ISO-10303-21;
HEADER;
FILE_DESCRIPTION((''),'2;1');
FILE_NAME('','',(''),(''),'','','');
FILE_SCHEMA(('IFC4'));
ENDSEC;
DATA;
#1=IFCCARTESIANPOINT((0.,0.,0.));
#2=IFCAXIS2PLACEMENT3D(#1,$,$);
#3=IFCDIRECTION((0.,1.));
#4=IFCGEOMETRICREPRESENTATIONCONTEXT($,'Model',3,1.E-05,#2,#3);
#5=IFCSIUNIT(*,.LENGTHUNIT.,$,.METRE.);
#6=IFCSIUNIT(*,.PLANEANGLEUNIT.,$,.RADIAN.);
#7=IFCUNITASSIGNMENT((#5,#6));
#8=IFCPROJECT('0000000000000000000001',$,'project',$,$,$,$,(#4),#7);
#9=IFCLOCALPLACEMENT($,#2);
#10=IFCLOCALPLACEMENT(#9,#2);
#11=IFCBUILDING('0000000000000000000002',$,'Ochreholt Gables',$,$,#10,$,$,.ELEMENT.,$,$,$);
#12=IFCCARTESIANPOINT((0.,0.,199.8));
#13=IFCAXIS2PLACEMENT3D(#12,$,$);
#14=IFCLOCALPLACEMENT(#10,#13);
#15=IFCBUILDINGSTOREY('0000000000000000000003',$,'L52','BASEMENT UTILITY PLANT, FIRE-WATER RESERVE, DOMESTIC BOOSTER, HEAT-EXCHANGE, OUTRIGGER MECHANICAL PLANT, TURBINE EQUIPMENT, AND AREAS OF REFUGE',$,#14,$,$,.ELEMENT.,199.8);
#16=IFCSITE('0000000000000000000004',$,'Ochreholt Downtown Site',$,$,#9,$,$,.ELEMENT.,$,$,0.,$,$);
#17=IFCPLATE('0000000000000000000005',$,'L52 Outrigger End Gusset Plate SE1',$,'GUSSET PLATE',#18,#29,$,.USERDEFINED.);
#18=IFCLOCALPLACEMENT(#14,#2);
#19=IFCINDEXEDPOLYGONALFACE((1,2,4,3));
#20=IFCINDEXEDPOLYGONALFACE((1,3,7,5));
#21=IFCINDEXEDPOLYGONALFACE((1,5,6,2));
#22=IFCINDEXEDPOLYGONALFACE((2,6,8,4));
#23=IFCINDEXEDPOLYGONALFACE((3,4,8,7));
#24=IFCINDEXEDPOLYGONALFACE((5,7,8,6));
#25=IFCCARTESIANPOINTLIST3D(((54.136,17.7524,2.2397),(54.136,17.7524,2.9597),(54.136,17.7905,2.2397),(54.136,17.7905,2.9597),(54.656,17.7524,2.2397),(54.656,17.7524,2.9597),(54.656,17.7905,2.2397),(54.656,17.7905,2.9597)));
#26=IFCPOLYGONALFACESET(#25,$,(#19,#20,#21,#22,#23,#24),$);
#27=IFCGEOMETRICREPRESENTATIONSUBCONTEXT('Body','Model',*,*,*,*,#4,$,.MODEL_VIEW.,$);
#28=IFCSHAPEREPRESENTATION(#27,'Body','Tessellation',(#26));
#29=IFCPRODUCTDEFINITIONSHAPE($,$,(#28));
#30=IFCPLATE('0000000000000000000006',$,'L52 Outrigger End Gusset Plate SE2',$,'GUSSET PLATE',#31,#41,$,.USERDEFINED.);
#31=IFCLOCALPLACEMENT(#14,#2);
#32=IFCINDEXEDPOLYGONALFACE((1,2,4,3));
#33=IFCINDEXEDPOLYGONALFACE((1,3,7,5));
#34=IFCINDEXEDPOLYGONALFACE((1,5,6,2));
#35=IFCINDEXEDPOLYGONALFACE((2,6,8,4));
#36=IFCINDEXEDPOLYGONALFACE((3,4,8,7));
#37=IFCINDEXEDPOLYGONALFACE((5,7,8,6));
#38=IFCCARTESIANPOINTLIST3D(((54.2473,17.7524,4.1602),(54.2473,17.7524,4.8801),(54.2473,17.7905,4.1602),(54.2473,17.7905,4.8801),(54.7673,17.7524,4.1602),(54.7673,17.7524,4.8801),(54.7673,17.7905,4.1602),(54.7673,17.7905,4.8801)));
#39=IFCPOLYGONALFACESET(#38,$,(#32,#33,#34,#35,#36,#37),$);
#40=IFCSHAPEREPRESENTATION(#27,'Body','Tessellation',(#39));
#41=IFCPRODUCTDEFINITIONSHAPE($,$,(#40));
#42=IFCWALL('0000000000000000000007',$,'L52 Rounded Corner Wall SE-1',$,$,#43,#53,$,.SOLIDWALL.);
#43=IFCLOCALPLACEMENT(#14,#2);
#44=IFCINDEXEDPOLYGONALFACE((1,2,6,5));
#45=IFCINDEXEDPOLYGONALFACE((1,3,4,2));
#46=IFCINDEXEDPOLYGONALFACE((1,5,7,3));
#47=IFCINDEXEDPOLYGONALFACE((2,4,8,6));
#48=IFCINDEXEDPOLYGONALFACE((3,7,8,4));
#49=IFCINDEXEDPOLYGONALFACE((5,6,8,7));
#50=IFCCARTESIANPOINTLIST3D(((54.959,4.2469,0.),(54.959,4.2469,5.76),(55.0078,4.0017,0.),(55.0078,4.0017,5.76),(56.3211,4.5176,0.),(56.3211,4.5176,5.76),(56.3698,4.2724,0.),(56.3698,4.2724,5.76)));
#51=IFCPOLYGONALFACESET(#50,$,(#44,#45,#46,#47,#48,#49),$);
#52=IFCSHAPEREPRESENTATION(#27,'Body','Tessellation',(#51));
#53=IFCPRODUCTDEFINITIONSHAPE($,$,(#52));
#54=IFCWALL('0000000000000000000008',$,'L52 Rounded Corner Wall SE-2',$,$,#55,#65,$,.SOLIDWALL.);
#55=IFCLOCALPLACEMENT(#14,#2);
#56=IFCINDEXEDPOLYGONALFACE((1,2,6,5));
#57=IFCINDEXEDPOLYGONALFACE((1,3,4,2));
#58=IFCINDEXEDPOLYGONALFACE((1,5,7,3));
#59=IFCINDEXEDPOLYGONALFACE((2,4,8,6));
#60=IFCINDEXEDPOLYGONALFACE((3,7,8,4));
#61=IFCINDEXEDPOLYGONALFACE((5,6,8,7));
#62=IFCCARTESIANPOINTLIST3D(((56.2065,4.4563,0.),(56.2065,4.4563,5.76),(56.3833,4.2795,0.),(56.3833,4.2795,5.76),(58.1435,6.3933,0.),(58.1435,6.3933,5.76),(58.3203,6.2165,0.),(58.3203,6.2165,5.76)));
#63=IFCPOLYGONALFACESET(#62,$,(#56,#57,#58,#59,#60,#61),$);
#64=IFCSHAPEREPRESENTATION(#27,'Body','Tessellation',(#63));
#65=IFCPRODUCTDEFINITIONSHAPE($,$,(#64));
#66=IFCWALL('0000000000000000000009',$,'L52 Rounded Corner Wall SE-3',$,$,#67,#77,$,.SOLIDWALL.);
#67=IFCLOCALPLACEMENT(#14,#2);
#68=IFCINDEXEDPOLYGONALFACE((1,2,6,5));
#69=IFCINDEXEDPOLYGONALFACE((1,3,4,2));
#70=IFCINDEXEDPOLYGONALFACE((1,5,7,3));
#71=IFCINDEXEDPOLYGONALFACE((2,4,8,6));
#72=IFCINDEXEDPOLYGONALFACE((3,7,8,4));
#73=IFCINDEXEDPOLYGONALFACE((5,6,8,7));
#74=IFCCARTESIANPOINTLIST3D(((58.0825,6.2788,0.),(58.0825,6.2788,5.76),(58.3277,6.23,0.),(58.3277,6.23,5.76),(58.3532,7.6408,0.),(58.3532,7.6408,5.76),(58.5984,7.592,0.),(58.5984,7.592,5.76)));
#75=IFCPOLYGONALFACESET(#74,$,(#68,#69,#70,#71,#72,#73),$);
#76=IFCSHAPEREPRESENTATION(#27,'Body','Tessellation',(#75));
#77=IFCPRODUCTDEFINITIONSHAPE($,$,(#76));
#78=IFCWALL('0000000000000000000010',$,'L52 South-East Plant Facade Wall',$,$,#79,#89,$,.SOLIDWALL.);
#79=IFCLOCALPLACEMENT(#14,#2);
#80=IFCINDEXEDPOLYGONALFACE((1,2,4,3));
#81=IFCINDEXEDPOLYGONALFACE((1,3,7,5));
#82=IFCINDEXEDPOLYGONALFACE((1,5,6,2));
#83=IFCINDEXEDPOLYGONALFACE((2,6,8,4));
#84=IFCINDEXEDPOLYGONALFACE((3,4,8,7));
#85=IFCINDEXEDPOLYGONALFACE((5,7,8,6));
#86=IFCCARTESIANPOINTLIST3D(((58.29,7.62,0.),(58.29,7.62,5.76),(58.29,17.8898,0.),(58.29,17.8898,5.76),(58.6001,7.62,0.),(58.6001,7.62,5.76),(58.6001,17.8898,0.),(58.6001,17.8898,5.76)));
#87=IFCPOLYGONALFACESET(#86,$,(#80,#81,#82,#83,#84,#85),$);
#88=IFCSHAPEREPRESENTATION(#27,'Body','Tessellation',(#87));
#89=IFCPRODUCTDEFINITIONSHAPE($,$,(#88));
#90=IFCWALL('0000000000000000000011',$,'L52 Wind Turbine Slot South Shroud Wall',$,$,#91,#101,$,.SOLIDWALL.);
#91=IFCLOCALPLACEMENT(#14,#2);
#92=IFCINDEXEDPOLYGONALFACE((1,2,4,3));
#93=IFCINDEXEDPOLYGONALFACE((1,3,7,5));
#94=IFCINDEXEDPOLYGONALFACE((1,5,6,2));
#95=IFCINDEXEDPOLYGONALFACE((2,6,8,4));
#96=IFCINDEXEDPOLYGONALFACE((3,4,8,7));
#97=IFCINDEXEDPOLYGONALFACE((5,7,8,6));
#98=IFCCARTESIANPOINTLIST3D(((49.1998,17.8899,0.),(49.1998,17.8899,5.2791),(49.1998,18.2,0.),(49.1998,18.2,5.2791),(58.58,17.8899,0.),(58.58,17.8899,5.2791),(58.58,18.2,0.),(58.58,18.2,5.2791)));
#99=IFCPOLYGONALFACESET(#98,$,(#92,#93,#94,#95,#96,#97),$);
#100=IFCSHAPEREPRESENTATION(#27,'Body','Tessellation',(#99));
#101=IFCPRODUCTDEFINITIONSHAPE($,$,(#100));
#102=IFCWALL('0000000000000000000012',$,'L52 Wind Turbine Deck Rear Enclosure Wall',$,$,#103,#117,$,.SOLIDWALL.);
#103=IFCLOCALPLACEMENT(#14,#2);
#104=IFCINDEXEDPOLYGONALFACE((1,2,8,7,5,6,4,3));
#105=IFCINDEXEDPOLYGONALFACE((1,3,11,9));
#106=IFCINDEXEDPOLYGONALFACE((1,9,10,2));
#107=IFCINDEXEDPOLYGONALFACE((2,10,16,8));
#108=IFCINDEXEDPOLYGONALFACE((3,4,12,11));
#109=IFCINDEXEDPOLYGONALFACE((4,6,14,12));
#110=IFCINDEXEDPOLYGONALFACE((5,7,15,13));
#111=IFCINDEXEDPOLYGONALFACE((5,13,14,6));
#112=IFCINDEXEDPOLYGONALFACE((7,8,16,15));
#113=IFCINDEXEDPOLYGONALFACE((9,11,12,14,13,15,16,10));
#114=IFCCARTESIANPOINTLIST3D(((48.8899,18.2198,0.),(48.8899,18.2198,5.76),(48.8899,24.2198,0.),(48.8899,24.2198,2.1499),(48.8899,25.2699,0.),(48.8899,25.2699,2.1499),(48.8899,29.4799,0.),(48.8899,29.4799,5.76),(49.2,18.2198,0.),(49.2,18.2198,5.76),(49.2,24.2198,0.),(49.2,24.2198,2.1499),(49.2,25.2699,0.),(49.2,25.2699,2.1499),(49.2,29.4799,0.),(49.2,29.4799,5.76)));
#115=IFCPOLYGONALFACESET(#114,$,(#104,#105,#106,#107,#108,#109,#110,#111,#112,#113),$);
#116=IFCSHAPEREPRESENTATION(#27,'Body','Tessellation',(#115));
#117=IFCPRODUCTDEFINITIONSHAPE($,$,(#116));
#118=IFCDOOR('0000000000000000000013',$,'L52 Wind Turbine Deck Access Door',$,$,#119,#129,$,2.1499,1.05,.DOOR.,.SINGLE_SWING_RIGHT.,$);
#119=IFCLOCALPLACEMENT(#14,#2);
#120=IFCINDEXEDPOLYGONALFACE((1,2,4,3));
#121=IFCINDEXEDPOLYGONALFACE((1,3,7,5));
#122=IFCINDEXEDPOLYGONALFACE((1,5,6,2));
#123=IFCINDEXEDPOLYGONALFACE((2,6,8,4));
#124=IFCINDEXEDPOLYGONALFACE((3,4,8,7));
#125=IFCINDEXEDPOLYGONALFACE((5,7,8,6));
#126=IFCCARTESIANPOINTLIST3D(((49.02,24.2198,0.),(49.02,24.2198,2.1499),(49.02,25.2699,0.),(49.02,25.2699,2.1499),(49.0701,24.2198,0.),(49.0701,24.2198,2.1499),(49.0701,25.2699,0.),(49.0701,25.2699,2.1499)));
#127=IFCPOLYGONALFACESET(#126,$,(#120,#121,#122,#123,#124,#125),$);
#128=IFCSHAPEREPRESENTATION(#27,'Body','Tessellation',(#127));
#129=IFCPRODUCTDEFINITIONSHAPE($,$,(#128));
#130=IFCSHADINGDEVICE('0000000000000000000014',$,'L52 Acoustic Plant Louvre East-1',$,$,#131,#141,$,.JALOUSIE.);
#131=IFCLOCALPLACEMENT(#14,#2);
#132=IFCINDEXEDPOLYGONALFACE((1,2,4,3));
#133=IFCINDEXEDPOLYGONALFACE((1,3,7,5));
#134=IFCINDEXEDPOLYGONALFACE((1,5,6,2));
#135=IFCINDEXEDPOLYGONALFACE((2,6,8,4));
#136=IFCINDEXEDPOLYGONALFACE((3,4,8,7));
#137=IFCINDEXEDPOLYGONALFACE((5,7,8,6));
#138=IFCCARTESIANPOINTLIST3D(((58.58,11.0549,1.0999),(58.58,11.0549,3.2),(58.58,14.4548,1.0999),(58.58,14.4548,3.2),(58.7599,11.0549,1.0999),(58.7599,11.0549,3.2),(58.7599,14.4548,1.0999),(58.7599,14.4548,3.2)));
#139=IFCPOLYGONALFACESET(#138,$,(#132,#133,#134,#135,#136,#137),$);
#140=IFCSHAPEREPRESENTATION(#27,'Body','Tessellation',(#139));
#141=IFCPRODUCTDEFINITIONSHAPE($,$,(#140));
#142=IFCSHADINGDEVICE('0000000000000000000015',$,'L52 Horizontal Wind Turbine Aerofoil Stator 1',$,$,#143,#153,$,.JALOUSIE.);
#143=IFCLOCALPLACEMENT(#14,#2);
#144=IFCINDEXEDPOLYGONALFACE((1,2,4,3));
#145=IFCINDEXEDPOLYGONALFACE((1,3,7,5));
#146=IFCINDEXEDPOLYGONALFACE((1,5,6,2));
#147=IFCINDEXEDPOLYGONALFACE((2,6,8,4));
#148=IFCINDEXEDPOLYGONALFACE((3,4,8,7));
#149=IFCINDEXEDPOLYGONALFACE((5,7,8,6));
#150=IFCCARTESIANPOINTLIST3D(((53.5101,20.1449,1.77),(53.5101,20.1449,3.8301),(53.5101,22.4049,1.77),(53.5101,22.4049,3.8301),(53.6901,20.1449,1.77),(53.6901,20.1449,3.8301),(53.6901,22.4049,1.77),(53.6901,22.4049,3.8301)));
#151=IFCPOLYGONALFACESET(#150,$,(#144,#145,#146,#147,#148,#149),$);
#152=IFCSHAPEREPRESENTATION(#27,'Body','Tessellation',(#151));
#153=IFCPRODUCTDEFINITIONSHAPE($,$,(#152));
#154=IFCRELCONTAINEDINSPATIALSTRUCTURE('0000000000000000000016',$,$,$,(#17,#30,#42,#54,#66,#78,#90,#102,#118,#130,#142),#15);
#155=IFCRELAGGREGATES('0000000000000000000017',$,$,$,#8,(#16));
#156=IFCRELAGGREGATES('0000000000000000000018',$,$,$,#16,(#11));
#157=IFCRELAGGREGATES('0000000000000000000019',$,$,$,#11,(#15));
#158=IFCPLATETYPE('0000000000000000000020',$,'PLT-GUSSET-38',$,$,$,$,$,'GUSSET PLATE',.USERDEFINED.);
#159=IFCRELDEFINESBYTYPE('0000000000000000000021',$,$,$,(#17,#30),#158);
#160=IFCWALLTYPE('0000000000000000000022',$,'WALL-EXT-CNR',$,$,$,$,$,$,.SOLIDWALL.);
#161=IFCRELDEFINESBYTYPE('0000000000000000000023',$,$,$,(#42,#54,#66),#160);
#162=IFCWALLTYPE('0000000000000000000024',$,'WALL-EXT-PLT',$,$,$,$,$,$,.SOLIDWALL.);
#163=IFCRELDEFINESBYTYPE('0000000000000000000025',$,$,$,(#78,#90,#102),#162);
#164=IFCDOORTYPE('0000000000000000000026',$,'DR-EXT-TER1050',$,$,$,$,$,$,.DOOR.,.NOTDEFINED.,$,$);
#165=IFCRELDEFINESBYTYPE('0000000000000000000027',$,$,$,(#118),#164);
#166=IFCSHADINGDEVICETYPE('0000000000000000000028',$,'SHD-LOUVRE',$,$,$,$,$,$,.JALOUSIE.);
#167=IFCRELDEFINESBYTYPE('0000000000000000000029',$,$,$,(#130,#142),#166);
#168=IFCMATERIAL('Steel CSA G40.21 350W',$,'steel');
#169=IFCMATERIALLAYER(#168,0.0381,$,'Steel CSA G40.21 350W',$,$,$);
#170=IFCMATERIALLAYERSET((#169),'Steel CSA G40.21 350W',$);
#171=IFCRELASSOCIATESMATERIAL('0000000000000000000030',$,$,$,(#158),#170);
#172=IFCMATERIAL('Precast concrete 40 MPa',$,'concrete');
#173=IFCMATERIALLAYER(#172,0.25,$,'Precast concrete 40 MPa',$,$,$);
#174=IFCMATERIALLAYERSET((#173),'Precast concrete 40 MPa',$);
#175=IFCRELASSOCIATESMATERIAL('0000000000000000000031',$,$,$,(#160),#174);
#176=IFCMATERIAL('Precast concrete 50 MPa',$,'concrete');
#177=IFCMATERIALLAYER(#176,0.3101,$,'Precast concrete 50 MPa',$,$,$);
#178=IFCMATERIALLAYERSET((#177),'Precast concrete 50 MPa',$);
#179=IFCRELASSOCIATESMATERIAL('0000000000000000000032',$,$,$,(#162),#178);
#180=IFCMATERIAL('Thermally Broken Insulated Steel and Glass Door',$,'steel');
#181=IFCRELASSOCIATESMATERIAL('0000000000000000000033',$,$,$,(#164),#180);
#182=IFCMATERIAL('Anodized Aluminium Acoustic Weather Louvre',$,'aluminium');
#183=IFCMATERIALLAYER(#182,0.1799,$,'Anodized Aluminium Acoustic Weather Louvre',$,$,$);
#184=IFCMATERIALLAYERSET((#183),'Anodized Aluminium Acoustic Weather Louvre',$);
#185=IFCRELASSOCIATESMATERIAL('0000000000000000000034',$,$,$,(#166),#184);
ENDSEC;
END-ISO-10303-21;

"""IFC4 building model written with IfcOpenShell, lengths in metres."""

from ifc_helpers import new_model, si_unit, direction, frame, frame_2d, origin, origin_2d, place, context, subcontext, project, spatial, rectangle, extrude, material, layer, layer_set, type_object, element, fill, save


model = new_model("IFC4")

# Units and contexts
model_context = context("Model", 3, precision=1e-05, world=origin(), true_north=direction((0.0, 1.0)))
body_context = subcontext(model_context, "Body", "Model", "MODEL_VIEW")
ifc_project = project(units=[si_unit("LENGTHUNIT", "METRE"), si_unit("PLANEANGLEUNIT", "RADIAN")], contexts=[model_context])

# Site, building, storey
site_placement = place(None, origin())
site = spatial("IfcSite", under=ifc_project, at=site_placement, Name="Ochreholt Downtown Site", CompositionType="ELEMENT", RefElevation=0.0)
building_placement = place(site_placement, origin())
building = spatial("IfcBuilding", under=site, at=building_placement, Name="Ochreholt Gables", CompositionType="ELEMENT")
storey_placement = place(building_placement, frame((0.0, 0.0, 199.8)))
storey = spatial("IfcBuildingStorey", under=building, at=storey_placement, Name="L52", Description="BASEMENT UTILITY PLANT, FIRE-WATER RESERVE, DOMESTIC BOOSTER, HEAT-EXCHANGE, OUTRIGGER MECHANICAL PLANT, TURBINE EQUIPMENT, AND AREAS OF REFUGE", CompositionType="ELEMENT", Elevation=199.8)

# Shared definitions
ifc_material_1 = material(Name="Steel CSA G40.21 350W", Category="steel")

# Plates
ifc_layer_1 = layer(ifc_material_1, 0.0381, Name="Steel CSA G40.21 350W")
ifc_layer_set_1 = layer_set([ifc_layer_1], Name="Steel CSA G40.21 350W")
plate_type_1 = type_object("IfcPlateType", Name="PLT-GUSSET-38", ElementType="GUSSET PLATE", PredefinedType="USERDEFINED", material=ifc_layer_set_1)
for number, where, z_axis, x_axis, name in (
    (1, (54.396, 17.7715, 2.2397), (0.0, 0.0, 1.0), (1.0, 0.0, 0.0), "L52 Outrigger End Gusset Plate SE1"),
    (2, (54.5073, 17.7715, 4.1602), (0.0, 0.0, 1.0), (1.0, 0.0, 0.0), "L52 Outrigger End Gusset Plate SE2"),
):
    element("IfcPlate", number, at=place(storey_placement, frame(where, z_axis=z_axis, x_axis=x_axis)), inside=storey, type_object=plate_type_1, Name=name, ObjectType="GUSSET PLATE", PredefinedType="USERDEFINED", context=body_context, shape_type="SweptSolid", body=[
        extrude(rectangle(XDim=0.52, YDim=0.0381, at=origin_2d()), origin(), (0.0, 0.0, 1.0), 0.72),
    ])

# Walls
ifc_material_2 = material(Name="Precast concrete 40 MPa", Category="concrete")
ifc_layer_2 = layer(ifc_material_2, 0.25, Name="Precast concrete 40 MPa")
ifc_layer_set_2 = layer_set([ifc_layer_2], Name="Precast concrete 40 MPa")
wall_type_1 = type_object("IfcWallType", Name="WALL-EXT-CNR", PredefinedType="SOLIDWALL", material=ifc_layer_set_2)
wall_1_placement = place(storey_placement, frame((54.9834, 4.1243, 0.0), z_axis=(0.0, 0.0, 1.0), x_axis=(0.98081, 0.194967, 0.0)))
element("IfcWall", 3, at=wall_1_placement, inside=storey, type_object=wall_type_1, Name="L52 Rounded Corner Wall SE-1", PredefinedType="SOLIDWALL", context=body_context, shape_type="SweptSolid", body=[
    extrude(rectangle(XDim=1.3887, YDim=0.25, at=frame_2d((0.6943, 0.0))), origin(), (0.0, 0.0, 1.0), 5.76),
])
wall_2_placement = place(storey_placement, frame((56.2949, 4.3679, 0.0), z_axis=(0.0, 0.0, 1.0), x_axis=(0.707107, 0.707107, 0.0)))
element("IfcWall", 4, at=wall_2_placement, inside=storey, type_object=wall_type_1, Name="L52 Rounded Corner Wall SE-2", PredefinedType="SOLIDWALL", context=body_context, shape_type="SweptSolid", body=[
    extrude(rectangle(XDim=2.7393, YDim=0.25, at=frame_2d((1.3696, 0.0))), origin(), (0.0, 0.0, 1.0), 5.76),
])
wall_3_placement = place(storey_placement, frame((58.2051, 6.2544, 0.0), z_axis=(0.0, 0.0, 1.0), x_axis=(0.194967, 0.98081, 0.0)))
element("IfcWall", 5, at=wall_3_placement, inside=storey, type_object=wall_type_1, Name="L52 Rounded Corner Wall SE-3", PredefinedType="SOLIDWALL", context=body_context, shape_type="SweptSolid", body=[
    extrude(rectangle(XDim=1.3887, YDim=0.25, at=frame_2d((0.6943, 0.0))), origin(), (0.0, 0.0, 1.0), 5.76),
])
ifc_material_3 = material(Name="Precast concrete 50 MPa", Category="concrete")
ifc_layer_3 = layer(ifc_material_3, 0.3101, Name="Precast concrete 50 MPa")
ifc_layer_set_3 = layer_set([ifc_layer_3], Name="Precast concrete 50 MPa")
wall_type_2 = type_object("IfcWallType", Name="WALL-EXT-PLT", PredefinedType="SOLIDWALL", material=ifc_layer_set_3)
wall_4_placement = place(storey_placement, frame((58.4451, 7.6201, 0.0), z_axis=(0.0, 0.0, 1.0), x_axis=(0.0, 1.0, 0.0)))
element("IfcWall", 6, at=wall_4_placement, inside=storey, type_object=wall_type_2, Name="L52 South-East Plant Facade Wall", PredefinedType="SOLIDWALL", context=body_context, shape_type="SweptSolid", body=[
    extrude(rectangle(XDim=10.2698, YDim=0.3101, at=frame_2d((5.1348, 0.0))), origin(), (0.0, 0.0, 1.0), 5.76),
])
wall_5_placement = place(storey_placement, frame((49.2, 18.0449, 0.0), z_axis=(0.0, 0.0, 1.0), x_axis=(1.0, 0.0, 0.0)))
element("IfcWall", 7, at=wall_5_placement, inside=storey, type_object=wall_type_2, Name="L52 Wind Turbine Slot South Shroud Wall", PredefinedType="SOLIDWALL", context=body_context, shape_type="SweptSolid", body=[
    extrude(rectangle(XDim=9.3801, YDim=0.3101, at=frame_2d((4.6899, 0.0))), origin(), (0.0, 0.0, 1.0), 5.2791),
])

# Wall, opening, door
wall_6_placement = place(storey_placement, frame((49.0449, 18.22, 0.0), z_axis=(0.0, 0.0, 1.0), x_axis=(0.0, 1.0, 0.0)))
wall_6 = element("IfcWall", 8, at=wall_6_placement, inside=storey, type_object=wall_type_2, Name="L52 Wind Turbine Deck Rear Enclosure Wall", PredefinedType="SOLIDWALL", context=body_context, shape_type="SweptSolid", body=[
    extrude(rectangle(XDim=11.26, YDim=0.3101, at=frame_2d((5.6299, 0.0))), origin(), (0.0, 0.0, 1.0), 5.76),
])
opening_placement = place(wall_6_placement, frame((6.0, 0.0, 0.0)))
opening = element("IfcOpeningElement", 9, at=opening_placement, cuts=wall_6, PredefinedType="OPENING", context=body_context, shape_type="SweptSolid", body=[
    extrude(rectangle(XDim=1.05, YDim=2.1499, at=frame_2d((0.5249, 1.075))), frame((0.0, 0.165, 0.0), z_axis=(0.0, -1.0, 0.0), x_axis=(1.0, 0.0, 0.0)), (0.0, 0.0, 1.0), 0.3301),
])
ifc_material_4 = material(Name="Thermally Broken Insulated Steel and Glass Door", Category="steel")
door_type = type_object("IfcDoorType", Name="DR-EXT-TER1050", OperationType="NOTDEFINED", PredefinedType="DOOR", material=ifc_material_4)
door_placement = place(opening_placement, origin())
door = element("IfcDoor", 10, at=door_placement, inside=storey, type_object=door_type, Name="L52 Wind Turbine Deck Access Door", OperationType="SINGLE_SWING_RIGHT", OverallHeight=2.1499, OverallWidth=1.05, PredefinedType="DOOR", context=body_context, shape_type="SweptSolid", body=[
    extrude(rectangle(XDim=1.05, YDim=2.1499, at=frame_2d((0.5249, 1.075))), frame((0.0, 0.0249, 0.0), z_axis=(0.0, -1.0, 0.0), x_axis=(1.0, 0.0, 0.0)), (0.0, 0.0, 1.0), 0.05),
])
fill(opening, door)

# Shading devices
ifc_material_5 = material(Name="Anodized Aluminium Acoustic Weather Louvre", Category="aluminium")
ifc_layer_4 = layer(ifc_material_5, 0.1799, Name="Anodized Aluminium Acoustic Weather Louvre")
ifc_layer_set_4 = layer_set([ifc_layer_4], Name="Anodized Aluminium Acoustic Weather Louvre")
shading_device_type = type_object("IfcShadingDeviceType", Name="SHD-LOUVRE", PredefinedType="JALOUSIE", material=ifc_layer_set_4)
shading_device_1_placement = place(storey_placement, frame((58.6699, 12.7549, 1.0999), z_axis=(0.0, 0.0, 1.0), x_axis=(0.0, 1.0, 0.0)))
element("IfcShadingDevice", 11, at=shading_device_1_placement, inside=storey, type_object=shading_device_type, Name="L52 Acoustic Plant Louvre East-1", PredefinedType="JALOUSIE", context=body_context, shape_type="SweptSolid", body=[
    extrude(rectangle(XDim=3.3999, YDim=0.1799, at=origin_2d()), origin(), (0.0, 0.0, 1.0), 2.1001),
])
shading_device_2_placement = place(storey_placement, frame((53.6001, 21.2749, 1.77), z_axis=(0.0, 0.0, 1.0), x_axis=(0.0, 1.0, 0.0)))
element("IfcShadingDevice", 12, at=shading_device_2_placement, inside=storey, type_object=shading_device_type, Name="L52 Horizontal Wind Turbine Aerofoil Stator 1", PredefinedType="JALOUSIE", context=body_context, shape_type="SweptSolid", body=[
    extrude(rectangle(XDim=2.26, YDim=0.1799, at=origin_2d()), origin(), (0.0, 0.0, 1.0), 2.0601),
])

save(model, "model.ifc")
